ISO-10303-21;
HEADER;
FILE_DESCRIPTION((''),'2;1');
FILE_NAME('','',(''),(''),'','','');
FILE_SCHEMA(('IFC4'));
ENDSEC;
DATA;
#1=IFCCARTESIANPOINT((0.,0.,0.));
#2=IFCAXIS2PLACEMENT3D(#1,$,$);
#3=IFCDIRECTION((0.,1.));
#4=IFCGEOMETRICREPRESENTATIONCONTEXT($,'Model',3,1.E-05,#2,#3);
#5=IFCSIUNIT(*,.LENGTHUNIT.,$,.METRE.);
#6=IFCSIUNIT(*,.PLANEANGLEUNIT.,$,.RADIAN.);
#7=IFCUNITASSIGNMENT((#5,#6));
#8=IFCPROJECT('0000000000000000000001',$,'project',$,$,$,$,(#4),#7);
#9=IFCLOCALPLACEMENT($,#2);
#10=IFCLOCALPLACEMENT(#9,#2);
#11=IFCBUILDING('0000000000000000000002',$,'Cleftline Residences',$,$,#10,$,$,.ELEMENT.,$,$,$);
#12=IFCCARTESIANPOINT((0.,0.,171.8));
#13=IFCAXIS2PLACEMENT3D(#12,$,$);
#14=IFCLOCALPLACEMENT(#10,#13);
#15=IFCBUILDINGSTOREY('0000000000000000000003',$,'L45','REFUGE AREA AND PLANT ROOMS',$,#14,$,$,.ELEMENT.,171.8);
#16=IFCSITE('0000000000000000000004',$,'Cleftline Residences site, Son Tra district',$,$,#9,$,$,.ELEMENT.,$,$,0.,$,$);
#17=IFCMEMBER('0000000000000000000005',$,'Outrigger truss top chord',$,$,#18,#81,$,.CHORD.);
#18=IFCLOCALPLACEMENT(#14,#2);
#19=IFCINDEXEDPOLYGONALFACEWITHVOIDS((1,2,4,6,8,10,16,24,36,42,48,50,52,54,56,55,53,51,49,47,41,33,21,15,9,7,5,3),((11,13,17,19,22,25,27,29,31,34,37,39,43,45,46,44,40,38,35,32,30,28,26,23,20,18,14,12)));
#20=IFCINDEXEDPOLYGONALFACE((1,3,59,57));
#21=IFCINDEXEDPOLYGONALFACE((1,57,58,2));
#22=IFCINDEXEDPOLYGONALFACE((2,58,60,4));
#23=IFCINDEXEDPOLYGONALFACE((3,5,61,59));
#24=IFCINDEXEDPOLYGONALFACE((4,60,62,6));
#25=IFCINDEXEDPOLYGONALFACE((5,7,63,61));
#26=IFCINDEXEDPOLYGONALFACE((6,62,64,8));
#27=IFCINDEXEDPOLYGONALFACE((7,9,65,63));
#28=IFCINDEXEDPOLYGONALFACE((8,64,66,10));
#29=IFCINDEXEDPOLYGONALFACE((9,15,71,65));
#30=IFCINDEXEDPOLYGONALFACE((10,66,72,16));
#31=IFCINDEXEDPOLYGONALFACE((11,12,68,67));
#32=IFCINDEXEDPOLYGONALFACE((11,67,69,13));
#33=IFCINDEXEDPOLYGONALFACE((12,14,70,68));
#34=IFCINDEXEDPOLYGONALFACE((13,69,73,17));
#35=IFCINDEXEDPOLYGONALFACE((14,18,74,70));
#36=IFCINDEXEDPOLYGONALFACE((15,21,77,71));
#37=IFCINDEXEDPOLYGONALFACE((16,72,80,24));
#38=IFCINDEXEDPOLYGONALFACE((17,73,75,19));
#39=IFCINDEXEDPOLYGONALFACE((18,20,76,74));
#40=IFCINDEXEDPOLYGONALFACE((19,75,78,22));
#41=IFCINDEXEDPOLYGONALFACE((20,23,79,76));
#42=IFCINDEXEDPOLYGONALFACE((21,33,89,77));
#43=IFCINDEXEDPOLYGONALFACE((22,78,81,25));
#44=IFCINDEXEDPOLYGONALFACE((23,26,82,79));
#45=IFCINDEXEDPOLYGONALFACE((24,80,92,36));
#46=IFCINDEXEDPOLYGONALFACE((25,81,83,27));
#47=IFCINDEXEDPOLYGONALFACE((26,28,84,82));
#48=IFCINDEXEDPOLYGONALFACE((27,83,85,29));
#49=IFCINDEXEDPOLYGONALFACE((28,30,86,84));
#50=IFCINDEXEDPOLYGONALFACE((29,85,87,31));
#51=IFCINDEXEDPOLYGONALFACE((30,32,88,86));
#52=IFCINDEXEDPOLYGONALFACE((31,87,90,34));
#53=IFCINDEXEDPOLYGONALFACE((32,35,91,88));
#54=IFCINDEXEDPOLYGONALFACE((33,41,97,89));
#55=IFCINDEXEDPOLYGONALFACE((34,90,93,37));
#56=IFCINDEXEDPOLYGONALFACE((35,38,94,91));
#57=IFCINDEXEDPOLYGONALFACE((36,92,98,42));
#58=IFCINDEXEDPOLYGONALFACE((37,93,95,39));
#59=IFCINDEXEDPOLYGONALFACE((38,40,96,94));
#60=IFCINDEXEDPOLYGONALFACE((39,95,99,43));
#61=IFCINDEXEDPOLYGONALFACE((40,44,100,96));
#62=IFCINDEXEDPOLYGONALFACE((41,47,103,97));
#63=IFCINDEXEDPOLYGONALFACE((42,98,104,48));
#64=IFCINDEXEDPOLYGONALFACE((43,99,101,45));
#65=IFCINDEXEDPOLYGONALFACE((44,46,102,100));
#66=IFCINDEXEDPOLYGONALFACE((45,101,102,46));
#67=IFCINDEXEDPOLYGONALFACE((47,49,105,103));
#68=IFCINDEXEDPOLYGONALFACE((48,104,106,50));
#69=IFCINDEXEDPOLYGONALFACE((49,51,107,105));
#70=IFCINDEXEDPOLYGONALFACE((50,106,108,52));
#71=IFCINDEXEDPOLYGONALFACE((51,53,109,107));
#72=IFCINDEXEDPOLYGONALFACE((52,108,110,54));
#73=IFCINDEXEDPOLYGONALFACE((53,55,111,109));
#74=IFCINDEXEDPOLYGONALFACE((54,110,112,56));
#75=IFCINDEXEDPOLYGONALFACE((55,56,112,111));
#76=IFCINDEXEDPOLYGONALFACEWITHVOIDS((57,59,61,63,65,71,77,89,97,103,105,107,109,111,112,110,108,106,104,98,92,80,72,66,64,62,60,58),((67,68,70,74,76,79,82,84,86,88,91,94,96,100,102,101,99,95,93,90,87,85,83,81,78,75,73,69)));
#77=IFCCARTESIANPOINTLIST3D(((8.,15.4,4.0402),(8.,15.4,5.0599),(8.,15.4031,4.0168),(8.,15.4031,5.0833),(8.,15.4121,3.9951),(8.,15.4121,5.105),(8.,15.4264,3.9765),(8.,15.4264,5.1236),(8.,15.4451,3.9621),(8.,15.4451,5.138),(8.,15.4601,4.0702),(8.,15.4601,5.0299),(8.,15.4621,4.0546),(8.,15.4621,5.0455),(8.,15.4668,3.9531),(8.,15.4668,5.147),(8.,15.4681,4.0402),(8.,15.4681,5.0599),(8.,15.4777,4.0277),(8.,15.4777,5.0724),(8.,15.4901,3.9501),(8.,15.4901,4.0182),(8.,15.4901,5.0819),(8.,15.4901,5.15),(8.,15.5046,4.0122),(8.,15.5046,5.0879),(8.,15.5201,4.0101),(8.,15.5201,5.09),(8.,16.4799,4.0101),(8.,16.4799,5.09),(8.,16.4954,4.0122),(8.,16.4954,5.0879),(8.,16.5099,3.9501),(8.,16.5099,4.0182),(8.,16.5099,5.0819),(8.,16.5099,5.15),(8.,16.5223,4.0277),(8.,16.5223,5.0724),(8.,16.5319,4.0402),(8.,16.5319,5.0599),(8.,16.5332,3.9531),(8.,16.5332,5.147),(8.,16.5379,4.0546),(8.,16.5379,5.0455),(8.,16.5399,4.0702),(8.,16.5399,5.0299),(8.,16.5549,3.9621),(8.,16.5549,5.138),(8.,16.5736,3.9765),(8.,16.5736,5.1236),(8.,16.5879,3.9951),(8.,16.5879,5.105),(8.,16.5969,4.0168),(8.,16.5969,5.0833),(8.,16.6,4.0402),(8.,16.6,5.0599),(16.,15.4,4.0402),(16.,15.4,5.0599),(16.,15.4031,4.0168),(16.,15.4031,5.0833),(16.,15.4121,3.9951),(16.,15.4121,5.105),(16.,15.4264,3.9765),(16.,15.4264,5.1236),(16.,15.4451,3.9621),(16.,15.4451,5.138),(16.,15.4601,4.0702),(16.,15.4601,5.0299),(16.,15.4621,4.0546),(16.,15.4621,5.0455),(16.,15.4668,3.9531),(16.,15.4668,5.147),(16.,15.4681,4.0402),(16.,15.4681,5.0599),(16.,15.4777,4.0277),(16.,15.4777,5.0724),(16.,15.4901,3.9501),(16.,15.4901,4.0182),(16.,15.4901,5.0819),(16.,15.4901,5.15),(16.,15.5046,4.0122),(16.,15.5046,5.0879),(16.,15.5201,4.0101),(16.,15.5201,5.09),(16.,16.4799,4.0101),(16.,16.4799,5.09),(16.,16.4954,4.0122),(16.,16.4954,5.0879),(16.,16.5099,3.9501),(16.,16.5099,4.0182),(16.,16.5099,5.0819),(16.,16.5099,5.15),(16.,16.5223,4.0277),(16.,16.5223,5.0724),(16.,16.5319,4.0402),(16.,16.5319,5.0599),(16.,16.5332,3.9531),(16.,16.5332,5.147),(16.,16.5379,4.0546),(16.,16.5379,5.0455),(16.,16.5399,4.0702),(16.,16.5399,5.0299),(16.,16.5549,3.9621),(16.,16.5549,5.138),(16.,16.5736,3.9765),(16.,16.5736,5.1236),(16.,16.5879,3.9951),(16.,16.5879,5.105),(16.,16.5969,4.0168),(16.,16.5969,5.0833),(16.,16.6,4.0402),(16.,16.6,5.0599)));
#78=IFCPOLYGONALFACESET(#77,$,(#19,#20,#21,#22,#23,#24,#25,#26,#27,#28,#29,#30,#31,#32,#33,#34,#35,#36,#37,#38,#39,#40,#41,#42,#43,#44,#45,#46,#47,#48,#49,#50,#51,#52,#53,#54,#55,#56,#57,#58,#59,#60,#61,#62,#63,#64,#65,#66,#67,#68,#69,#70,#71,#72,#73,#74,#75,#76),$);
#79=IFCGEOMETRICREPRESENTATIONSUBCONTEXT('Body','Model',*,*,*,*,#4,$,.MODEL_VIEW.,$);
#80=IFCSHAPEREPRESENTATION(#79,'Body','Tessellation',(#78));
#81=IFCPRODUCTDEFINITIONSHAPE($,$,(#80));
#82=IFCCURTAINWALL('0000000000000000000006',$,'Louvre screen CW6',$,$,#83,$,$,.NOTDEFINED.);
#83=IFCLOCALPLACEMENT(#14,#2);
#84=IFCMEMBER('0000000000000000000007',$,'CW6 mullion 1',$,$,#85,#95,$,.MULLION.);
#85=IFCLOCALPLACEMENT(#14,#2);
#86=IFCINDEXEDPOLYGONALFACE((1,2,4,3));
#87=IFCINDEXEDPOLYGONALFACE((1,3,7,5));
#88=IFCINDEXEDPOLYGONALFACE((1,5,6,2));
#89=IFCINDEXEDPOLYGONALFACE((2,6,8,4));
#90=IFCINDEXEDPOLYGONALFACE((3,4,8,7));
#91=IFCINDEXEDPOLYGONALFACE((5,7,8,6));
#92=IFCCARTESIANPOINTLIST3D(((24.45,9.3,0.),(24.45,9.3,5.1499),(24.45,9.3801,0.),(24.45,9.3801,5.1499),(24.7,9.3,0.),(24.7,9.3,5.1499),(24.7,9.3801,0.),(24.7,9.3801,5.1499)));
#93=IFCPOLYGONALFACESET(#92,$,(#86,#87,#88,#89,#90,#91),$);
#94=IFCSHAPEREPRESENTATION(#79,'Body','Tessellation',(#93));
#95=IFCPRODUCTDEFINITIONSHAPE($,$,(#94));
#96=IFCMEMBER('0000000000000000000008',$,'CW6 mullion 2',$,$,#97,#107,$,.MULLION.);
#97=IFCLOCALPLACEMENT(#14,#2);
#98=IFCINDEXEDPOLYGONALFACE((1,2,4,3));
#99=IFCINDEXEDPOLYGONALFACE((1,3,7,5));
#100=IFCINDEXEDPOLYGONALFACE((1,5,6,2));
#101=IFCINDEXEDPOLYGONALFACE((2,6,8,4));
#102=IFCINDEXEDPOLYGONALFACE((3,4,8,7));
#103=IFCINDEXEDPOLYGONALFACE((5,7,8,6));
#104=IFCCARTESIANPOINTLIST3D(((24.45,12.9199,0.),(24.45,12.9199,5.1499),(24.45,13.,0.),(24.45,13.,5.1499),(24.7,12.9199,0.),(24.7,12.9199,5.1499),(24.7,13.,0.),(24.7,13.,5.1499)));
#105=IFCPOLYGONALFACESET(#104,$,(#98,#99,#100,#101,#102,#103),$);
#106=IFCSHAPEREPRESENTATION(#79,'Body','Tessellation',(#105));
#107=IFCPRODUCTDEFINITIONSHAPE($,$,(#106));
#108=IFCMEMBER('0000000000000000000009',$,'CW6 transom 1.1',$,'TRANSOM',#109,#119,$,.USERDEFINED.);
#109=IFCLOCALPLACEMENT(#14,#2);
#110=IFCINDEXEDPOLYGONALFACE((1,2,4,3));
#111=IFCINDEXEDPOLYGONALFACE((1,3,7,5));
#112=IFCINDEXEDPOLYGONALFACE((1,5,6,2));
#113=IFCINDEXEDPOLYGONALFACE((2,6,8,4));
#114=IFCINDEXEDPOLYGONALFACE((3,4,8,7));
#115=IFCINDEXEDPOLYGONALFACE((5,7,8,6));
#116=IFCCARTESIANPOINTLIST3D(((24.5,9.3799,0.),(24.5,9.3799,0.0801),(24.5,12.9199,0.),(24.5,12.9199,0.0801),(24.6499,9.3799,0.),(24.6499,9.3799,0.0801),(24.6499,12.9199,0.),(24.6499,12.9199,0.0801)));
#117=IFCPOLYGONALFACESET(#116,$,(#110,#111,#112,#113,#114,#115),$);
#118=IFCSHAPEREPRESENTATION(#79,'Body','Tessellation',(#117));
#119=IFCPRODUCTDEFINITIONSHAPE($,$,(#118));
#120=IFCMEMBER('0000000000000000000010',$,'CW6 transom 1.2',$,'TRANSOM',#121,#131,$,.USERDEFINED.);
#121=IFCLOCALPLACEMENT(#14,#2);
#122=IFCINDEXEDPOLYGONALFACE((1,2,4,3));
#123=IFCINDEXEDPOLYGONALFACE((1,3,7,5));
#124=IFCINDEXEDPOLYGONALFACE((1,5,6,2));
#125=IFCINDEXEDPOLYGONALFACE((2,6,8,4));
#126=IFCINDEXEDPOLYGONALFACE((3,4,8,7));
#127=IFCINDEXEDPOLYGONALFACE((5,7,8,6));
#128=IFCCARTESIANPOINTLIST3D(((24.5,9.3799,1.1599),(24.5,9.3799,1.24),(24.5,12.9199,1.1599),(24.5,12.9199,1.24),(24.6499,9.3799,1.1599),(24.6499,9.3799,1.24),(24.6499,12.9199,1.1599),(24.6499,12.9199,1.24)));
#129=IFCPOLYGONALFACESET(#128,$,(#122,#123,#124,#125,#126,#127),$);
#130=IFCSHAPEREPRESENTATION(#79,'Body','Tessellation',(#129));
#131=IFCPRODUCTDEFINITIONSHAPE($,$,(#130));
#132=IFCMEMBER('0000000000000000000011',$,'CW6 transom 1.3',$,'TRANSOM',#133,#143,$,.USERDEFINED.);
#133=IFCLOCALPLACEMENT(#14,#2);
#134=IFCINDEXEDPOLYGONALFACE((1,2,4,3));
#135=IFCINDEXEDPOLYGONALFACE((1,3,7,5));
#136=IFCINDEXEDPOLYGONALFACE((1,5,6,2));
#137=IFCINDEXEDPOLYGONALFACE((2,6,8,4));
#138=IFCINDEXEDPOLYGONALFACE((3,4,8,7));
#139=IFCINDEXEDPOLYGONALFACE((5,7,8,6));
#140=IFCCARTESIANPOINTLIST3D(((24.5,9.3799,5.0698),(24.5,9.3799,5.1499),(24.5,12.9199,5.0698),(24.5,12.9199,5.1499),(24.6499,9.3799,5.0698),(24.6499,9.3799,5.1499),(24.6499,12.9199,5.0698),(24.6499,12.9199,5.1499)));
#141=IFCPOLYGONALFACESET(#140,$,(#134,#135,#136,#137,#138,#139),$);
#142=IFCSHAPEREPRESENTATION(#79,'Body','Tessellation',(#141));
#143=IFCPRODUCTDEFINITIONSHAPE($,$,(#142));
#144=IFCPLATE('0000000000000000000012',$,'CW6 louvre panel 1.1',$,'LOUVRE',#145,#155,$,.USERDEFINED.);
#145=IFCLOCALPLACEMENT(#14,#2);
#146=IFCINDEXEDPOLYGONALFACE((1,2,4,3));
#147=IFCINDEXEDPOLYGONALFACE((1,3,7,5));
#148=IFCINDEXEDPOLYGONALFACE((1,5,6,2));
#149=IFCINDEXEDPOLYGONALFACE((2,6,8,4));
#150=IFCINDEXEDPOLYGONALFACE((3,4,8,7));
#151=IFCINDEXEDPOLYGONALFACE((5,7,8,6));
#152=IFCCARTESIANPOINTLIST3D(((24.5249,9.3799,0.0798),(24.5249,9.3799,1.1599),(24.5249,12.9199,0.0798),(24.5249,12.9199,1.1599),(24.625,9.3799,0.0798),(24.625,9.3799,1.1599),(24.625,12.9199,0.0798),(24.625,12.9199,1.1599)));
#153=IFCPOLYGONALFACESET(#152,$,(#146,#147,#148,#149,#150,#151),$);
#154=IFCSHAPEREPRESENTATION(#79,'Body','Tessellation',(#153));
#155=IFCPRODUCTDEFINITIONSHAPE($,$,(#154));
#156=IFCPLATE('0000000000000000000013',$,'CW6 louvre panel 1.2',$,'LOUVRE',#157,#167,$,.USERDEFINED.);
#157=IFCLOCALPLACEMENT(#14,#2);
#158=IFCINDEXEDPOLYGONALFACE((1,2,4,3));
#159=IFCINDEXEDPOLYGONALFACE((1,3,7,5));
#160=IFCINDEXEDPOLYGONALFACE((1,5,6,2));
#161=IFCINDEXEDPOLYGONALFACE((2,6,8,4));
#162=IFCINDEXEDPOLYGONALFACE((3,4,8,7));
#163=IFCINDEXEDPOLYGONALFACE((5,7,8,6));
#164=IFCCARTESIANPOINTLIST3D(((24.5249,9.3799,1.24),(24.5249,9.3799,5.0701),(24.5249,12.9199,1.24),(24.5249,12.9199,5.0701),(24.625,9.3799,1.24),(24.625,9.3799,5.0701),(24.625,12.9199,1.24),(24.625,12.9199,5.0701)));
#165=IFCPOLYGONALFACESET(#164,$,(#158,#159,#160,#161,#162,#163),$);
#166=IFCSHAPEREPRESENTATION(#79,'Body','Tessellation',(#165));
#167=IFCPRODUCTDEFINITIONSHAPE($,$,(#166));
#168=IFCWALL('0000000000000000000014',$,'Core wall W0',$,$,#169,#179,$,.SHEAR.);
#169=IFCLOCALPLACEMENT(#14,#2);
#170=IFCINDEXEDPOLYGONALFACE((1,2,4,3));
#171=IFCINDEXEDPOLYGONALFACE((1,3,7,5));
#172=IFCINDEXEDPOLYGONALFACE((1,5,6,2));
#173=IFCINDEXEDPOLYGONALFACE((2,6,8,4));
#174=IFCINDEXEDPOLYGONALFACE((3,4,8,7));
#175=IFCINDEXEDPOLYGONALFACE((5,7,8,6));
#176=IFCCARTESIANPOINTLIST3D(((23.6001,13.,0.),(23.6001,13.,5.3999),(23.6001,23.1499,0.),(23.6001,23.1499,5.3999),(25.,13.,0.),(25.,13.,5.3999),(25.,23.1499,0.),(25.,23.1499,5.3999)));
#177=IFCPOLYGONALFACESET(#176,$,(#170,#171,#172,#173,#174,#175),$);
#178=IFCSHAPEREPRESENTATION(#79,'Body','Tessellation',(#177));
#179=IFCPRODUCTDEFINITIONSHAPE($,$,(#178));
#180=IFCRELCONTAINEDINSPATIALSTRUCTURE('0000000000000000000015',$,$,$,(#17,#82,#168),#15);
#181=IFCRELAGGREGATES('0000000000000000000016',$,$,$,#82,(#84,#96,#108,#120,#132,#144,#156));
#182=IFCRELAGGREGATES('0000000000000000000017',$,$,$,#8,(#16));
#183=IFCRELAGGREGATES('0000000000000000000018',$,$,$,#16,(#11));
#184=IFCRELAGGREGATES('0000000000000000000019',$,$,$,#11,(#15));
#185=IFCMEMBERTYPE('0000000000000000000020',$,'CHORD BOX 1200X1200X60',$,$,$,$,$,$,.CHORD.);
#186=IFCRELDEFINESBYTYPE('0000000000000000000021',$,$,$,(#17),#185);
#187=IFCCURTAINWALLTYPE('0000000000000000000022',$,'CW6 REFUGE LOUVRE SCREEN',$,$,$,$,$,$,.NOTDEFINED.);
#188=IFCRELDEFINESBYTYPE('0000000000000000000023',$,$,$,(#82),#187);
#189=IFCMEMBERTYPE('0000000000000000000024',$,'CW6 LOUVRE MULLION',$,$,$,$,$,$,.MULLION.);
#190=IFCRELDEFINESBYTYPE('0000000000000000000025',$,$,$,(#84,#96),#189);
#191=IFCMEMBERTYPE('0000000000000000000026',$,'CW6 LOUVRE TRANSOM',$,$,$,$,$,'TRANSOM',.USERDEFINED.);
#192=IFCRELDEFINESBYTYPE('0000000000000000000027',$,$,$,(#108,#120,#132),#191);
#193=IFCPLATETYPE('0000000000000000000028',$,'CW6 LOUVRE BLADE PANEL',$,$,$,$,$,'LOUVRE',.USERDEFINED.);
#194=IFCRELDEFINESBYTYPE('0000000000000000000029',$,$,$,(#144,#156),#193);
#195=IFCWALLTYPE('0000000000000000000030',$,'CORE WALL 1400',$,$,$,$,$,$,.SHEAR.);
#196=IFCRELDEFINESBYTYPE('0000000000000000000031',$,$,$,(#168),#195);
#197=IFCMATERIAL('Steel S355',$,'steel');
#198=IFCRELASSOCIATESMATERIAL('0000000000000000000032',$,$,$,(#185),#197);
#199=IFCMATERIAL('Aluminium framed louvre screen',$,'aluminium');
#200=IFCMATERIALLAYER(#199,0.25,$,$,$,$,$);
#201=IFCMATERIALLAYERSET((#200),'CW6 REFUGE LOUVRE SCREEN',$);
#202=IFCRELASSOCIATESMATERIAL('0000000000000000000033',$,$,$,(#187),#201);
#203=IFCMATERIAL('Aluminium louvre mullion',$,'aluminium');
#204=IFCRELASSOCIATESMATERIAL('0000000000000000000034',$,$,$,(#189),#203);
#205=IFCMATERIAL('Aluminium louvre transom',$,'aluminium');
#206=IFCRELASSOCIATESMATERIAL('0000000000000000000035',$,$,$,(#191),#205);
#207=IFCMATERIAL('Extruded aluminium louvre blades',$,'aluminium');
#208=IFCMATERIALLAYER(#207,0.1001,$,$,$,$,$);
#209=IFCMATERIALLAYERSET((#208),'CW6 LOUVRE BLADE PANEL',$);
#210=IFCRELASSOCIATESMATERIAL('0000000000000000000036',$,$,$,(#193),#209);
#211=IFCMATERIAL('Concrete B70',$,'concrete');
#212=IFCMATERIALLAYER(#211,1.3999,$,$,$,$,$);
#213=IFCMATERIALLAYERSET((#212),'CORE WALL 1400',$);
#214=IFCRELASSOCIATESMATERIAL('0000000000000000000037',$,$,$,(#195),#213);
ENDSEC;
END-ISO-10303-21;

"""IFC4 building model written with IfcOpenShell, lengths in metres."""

from ifc_helpers import new_model, si_unit, direction, frame, frame_2d, origin, origin_2d, place, context, subcontext, project, spatial, rectangle, hollow_rectangle, extrude, material, layer, layer_set, material_profile, profile_set, type_object, element, aggregate, save


model = new_model("IFC4")

# Units and contexts
model_context = context("Model", 3, precision=1e-05, world=origin(), true_north=direction((0.0, 1.0)))
body_context = subcontext(model_context, "Body", "Model", "MODEL_VIEW")
ifc_project = project(units=[si_unit("LENGTHUNIT", "METRE"), si_unit("PLANEANGLEUNIT", "RADIAN")], contexts=[model_context])

# Site, building, storey
site_placement = place(None, origin())
site = spatial("IfcSite", under=ifc_project, at=site_placement, Name="Cleftline Residences site, Son Tra district", CompositionType="ELEMENT", RefElevation=0.0)
building_placement = place(site_placement, origin())
building = spatial("IfcBuilding", under=site, at=building_placement, Name="Cleftline Residences", CompositionType="ELEMENT")
storey_placement = place(building_placement, frame((0.0, 0.0, 171.8)))
storey = spatial("IfcBuildingStorey", under=building, at=storey_placement, Name="L45", Description="REFUGE AREA AND PLANT ROOMS", CompositionType="ELEMENT", Elevation=171.8)

# Member
ifc_material_1 = material(Name="Steel S355", Category="steel")
ifc_material_profile_1 = material_profile(ifc_material_1, hollow_rectangle(XDim=1.2, YDim=1.2, WallThickness=0.0601, InnerFilletRadius=0.0601, OuterFilletRadius=0.0901, at=origin_2d()))
ifc_profile_set_1 = profile_set([ifc_material_profile_1], Name="Steel S355")
member_type_1 = type_object("IfcMemberType", Name="CHORD BOX 1200X1200X60", PredefinedType="CHORD", material=ifc_profile_set_1)
for number, where, z_axis, x_axis, name in (
    (1, (16.0, 16.0, 4.55), (-1.0, 0.0, 0.0), (0.0, -1.0, 0.0), "Outrigger truss top chord"),
):
    element("IfcMember", number, at=place(storey_placement, frame(where, z_axis=z_axis, x_axis=x_axis)), inside=storey, type_object=member_type_1, Name=name, PredefinedType="CHORD", context=body_context, shape_type="SweptSolid", body=[
        extrude(hollow_rectangle(XDim=1.2, YDim=1.2, WallThickness=0.0601, InnerFilletRadius=0.0601, OuterFilletRadius=0.0901, at=origin_2d()), origin(), (0.0, 0.0, 1.0), 8.0),
    ])

# Curtain wall, members, plates
ifc_material_2 = material(Name="Aluminium framed louvre screen", Category="aluminium")
ifc_layer_1 = layer(ifc_material_2, 0.25)
ifc_layer_set_1 = layer_set([ifc_layer_1], Name="CW6 REFUGE LOUVRE SCREEN")
curtain_wall_type = type_object("IfcCurtainWallType", Name="CW6 REFUGE LOUVRE SCREEN", PredefinedType="NOTDEFINED", material=ifc_layer_set_1)
curtain_wall_placement = place(storey_placement, origin())
curtain_wall = element("IfcCurtainWall", 2, at=curtain_wall_placement, inside=storey, type_object=curtain_wall_type, Name="Louvre screen CW6", PredefinedType="NOTDEFINED")
ifc_material_3 = material(Name="Aluminium louvre mullion", Category="aluminium")
ifc_material_profile_2 = material_profile(ifc_material_3, rectangle(XDim=0.25, YDim=0.0801, at=origin_2d()))
ifc_profile_set_2 = profile_set([ifc_material_profile_2], Name="Aluminium louvre mullion")
member_type_2 = type_object("IfcMemberType", Name="CW6 LOUVRE MULLION", PredefinedType="MULLION", material=ifc_profile_set_2)
member_1_placement = place(storey_placement, frame((24.575, 9.3401, 0.0), z_axis=(0.0, 0.0, 1.0), x_axis=(-1.0, 0.0, 0.0)))
member_1 = element("IfcMember", 3, at=member_1_placement, type_object=member_type_2, Name="CW6 mullion 1", PredefinedType="MULLION", context=body_context, shape_type="SweptSolid", body=[
    extrude(rectangle(XDim=0.25, YDim=0.0801, at=origin_2d()), origin(), (0.0, 0.0, 1.0), 5.1499),
])
member_2_placement = place(storey_placement, frame((24.575, 12.96, 0.0), z_axis=(0.0, 0.0, 1.0), x_axis=(-1.0, 0.0, 0.0)))
member_2 = element("IfcMember", 4, at=member_2_placement, type_object=member_type_2, Name="CW6 mullion 2", PredefinedType="MULLION", context=body_context, shape_type="SweptSolid", body=[
    extrude(rectangle(XDim=0.25, YDim=0.0801, at=origin_2d()), origin(), (0.0, 0.0, 1.0), 5.1499),
])
ifc_material_4 = material(Name="Aluminium louvre transom", Category="aluminium")
ifc_material_profile_3 = material_profile(ifc_material_4, rectangle(XDim=0.1499, YDim=0.0801, at=origin_2d()))
ifc_profile_set_3 = profile_set([ifc_material_profile_3], Name="Aluminium louvre transom")
member_type_3 = type_object("IfcMemberType", Name="CW6 LOUVRE TRANSOM", ElementType="TRANSOM", PredefinedType="USERDEFINED", material=ifc_profile_set_3)
member_3_placement = place(storey_placement, frame((24.575, 9.3799, 0.04), z_axis=(0.0, 1.0, 0.0), x_axis=(-1.0, 0.0, 0.0)))
member_3 = element("IfcMember", 5, at=member_3_placement, type_object=member_type_3, Name="CW6 transom 1.1", ObjectType="TRANSOM", PredefinedType="USERDEFINED", context=body_context, shape_type="SweptSolid", body=[
    extrude(rectangle(XDim=0.1499, YDim=0.0801, at=origin_2d()), origin(), (0.0, 0.0, 1.0), 3.54),
])
member_4_placement = place(storey_placement, frame((24.575, 9.3799, 1.2), z_axis=(0.0, 1.0, 0.0), x_axis=(-1.0, 0.0, 0.0)))
member_4 = element("IfcMember", 6, at=member_4_placement, type_object=member_type_3, Name="CW6 transom 1.2", ObjectType="TRANSOM", PredefinedType="USERDEFINED", context=body_context, shape_type="SweptSolid", body=[
    extrude(rectangle(XDim=0.1499, YDim=0.0801, at=origin_2d()), origin(), (0.0, 0.0, 1.0), 3.54),
])
member_5_placement = place(storey_placement, frame((24.575, 9.3799, 5.1099), z_axis=(0.0, 1.0, 0.0), x_axis=(-1.0, 0.0, 0.0)))
member_5 = element("IfcMember", 7, at=member_5_placement, type_object=member_type_3, Name="CW6 transom 1.3", ObjectType="TRANSOM", PredefinedType="USERDEFINED", context=body_context, shape_type="SweptSolid", body=[
    extrude(rectangle(XDim=0.1499, YDim=0.0801, at=origin_2d()), origin(), (0.0, 0.0, 1.0), 3.54),
])
ifc_material_5 = material(Name="Extruded aluminium louvre blades", Category="aluminium")
ifc_layer_2 = layer(ifc_material_5, 0.1001)
ifc_layer_set_2 = layer_set([ifc_layer_2], Name="CW6 LOUVRE BLADE PANEL")
plate_type = type_object("IfcPlateType", Name="CW6 LOUVRE BLADE PANEL", ElementType="LOUVRE", PredefinedType="USERDEFINED", material=ifc_layer_set_2)
plate_1_placement = place(storey_placement, frame((24.575, 11.1499, 0.0798), z_axis=(0.0, 0.0, 1.0), x_axis=(0.0, 1.0, 0.0)))
plate_1 = element("IfcPlate", 8, at=plate_1_placement, type_object=plate_type, Name="CW6 louvre panel 1.1", ObjectType="LOUVRE", PredefinedType="USERDEFINED", context=body_context, shape_type="SweptSolid", body=[
    extrude(rectangle(XDim=3.54, YDim=0.1001, at=origin_2d()), origin(), (0.0, 0.0, 1.0), 1.0801),
])
plate_2_placement = place(storey_placement, frame((24.575, 11.1499, 1.24), z_axis=(0.0, 0.0, 1.0), x_axis=(0.0, 1.0, 0.0)))
plate_2 = element("IfcPlate", 9, at=plate_2_placement, type_object=plate_type, Name="CW6 louvre panel 1.2", ObjectType="LOUVRE", PredefinedType="USERDEFINED", context=body_context, shape_type="SweptSolid", body=[
    extrude(rectangle(XDim=3.54, YDim=0.1001, at=origin_2d()), origin(), (0.0, 0.0, 1.0), 3.8301),
])
aggregate(curtain_wall, [member_1, member_2, member_3, member_4, member_5, plate_1, plate_2])

# Wall
ifc_material_6 = material(Name="Concrete B70", Category="concrete")
ifc_layer_3 = layer(ifc_material_6, 1.3999)
ifc_layer_set_3 = layer_set([ifc_layer_3], Name="CORE WALL 1400")
wall_type_1 = type_object("IfcWallType", Name="CORE WALL 1400", PredefinedType="SHEAR", material=ifc_layer_set_3)
wall_1_placement = place(storey_placement, frame((24.3, 13.0, 0.0), z_axis=(0.0, 0.0, 1.0), x_axis=(0.0, 1.0, 0.0)))
element("IfcWall", 10, at=wall_1_placement, inside=storey, type_object=wall_type_1, Name="Core wall W0", PredefinedType="SHEAR", context=body_context, shape_type="SweptSolid", body=[
    extrude(rectangle(XDim=10.1499, YDim=1.3999, at=frame_2d((5.075, 0.0))), origin(), (0.0, 0.0, 1.0), 5.3999),
])

save(model, "model.ifc")
